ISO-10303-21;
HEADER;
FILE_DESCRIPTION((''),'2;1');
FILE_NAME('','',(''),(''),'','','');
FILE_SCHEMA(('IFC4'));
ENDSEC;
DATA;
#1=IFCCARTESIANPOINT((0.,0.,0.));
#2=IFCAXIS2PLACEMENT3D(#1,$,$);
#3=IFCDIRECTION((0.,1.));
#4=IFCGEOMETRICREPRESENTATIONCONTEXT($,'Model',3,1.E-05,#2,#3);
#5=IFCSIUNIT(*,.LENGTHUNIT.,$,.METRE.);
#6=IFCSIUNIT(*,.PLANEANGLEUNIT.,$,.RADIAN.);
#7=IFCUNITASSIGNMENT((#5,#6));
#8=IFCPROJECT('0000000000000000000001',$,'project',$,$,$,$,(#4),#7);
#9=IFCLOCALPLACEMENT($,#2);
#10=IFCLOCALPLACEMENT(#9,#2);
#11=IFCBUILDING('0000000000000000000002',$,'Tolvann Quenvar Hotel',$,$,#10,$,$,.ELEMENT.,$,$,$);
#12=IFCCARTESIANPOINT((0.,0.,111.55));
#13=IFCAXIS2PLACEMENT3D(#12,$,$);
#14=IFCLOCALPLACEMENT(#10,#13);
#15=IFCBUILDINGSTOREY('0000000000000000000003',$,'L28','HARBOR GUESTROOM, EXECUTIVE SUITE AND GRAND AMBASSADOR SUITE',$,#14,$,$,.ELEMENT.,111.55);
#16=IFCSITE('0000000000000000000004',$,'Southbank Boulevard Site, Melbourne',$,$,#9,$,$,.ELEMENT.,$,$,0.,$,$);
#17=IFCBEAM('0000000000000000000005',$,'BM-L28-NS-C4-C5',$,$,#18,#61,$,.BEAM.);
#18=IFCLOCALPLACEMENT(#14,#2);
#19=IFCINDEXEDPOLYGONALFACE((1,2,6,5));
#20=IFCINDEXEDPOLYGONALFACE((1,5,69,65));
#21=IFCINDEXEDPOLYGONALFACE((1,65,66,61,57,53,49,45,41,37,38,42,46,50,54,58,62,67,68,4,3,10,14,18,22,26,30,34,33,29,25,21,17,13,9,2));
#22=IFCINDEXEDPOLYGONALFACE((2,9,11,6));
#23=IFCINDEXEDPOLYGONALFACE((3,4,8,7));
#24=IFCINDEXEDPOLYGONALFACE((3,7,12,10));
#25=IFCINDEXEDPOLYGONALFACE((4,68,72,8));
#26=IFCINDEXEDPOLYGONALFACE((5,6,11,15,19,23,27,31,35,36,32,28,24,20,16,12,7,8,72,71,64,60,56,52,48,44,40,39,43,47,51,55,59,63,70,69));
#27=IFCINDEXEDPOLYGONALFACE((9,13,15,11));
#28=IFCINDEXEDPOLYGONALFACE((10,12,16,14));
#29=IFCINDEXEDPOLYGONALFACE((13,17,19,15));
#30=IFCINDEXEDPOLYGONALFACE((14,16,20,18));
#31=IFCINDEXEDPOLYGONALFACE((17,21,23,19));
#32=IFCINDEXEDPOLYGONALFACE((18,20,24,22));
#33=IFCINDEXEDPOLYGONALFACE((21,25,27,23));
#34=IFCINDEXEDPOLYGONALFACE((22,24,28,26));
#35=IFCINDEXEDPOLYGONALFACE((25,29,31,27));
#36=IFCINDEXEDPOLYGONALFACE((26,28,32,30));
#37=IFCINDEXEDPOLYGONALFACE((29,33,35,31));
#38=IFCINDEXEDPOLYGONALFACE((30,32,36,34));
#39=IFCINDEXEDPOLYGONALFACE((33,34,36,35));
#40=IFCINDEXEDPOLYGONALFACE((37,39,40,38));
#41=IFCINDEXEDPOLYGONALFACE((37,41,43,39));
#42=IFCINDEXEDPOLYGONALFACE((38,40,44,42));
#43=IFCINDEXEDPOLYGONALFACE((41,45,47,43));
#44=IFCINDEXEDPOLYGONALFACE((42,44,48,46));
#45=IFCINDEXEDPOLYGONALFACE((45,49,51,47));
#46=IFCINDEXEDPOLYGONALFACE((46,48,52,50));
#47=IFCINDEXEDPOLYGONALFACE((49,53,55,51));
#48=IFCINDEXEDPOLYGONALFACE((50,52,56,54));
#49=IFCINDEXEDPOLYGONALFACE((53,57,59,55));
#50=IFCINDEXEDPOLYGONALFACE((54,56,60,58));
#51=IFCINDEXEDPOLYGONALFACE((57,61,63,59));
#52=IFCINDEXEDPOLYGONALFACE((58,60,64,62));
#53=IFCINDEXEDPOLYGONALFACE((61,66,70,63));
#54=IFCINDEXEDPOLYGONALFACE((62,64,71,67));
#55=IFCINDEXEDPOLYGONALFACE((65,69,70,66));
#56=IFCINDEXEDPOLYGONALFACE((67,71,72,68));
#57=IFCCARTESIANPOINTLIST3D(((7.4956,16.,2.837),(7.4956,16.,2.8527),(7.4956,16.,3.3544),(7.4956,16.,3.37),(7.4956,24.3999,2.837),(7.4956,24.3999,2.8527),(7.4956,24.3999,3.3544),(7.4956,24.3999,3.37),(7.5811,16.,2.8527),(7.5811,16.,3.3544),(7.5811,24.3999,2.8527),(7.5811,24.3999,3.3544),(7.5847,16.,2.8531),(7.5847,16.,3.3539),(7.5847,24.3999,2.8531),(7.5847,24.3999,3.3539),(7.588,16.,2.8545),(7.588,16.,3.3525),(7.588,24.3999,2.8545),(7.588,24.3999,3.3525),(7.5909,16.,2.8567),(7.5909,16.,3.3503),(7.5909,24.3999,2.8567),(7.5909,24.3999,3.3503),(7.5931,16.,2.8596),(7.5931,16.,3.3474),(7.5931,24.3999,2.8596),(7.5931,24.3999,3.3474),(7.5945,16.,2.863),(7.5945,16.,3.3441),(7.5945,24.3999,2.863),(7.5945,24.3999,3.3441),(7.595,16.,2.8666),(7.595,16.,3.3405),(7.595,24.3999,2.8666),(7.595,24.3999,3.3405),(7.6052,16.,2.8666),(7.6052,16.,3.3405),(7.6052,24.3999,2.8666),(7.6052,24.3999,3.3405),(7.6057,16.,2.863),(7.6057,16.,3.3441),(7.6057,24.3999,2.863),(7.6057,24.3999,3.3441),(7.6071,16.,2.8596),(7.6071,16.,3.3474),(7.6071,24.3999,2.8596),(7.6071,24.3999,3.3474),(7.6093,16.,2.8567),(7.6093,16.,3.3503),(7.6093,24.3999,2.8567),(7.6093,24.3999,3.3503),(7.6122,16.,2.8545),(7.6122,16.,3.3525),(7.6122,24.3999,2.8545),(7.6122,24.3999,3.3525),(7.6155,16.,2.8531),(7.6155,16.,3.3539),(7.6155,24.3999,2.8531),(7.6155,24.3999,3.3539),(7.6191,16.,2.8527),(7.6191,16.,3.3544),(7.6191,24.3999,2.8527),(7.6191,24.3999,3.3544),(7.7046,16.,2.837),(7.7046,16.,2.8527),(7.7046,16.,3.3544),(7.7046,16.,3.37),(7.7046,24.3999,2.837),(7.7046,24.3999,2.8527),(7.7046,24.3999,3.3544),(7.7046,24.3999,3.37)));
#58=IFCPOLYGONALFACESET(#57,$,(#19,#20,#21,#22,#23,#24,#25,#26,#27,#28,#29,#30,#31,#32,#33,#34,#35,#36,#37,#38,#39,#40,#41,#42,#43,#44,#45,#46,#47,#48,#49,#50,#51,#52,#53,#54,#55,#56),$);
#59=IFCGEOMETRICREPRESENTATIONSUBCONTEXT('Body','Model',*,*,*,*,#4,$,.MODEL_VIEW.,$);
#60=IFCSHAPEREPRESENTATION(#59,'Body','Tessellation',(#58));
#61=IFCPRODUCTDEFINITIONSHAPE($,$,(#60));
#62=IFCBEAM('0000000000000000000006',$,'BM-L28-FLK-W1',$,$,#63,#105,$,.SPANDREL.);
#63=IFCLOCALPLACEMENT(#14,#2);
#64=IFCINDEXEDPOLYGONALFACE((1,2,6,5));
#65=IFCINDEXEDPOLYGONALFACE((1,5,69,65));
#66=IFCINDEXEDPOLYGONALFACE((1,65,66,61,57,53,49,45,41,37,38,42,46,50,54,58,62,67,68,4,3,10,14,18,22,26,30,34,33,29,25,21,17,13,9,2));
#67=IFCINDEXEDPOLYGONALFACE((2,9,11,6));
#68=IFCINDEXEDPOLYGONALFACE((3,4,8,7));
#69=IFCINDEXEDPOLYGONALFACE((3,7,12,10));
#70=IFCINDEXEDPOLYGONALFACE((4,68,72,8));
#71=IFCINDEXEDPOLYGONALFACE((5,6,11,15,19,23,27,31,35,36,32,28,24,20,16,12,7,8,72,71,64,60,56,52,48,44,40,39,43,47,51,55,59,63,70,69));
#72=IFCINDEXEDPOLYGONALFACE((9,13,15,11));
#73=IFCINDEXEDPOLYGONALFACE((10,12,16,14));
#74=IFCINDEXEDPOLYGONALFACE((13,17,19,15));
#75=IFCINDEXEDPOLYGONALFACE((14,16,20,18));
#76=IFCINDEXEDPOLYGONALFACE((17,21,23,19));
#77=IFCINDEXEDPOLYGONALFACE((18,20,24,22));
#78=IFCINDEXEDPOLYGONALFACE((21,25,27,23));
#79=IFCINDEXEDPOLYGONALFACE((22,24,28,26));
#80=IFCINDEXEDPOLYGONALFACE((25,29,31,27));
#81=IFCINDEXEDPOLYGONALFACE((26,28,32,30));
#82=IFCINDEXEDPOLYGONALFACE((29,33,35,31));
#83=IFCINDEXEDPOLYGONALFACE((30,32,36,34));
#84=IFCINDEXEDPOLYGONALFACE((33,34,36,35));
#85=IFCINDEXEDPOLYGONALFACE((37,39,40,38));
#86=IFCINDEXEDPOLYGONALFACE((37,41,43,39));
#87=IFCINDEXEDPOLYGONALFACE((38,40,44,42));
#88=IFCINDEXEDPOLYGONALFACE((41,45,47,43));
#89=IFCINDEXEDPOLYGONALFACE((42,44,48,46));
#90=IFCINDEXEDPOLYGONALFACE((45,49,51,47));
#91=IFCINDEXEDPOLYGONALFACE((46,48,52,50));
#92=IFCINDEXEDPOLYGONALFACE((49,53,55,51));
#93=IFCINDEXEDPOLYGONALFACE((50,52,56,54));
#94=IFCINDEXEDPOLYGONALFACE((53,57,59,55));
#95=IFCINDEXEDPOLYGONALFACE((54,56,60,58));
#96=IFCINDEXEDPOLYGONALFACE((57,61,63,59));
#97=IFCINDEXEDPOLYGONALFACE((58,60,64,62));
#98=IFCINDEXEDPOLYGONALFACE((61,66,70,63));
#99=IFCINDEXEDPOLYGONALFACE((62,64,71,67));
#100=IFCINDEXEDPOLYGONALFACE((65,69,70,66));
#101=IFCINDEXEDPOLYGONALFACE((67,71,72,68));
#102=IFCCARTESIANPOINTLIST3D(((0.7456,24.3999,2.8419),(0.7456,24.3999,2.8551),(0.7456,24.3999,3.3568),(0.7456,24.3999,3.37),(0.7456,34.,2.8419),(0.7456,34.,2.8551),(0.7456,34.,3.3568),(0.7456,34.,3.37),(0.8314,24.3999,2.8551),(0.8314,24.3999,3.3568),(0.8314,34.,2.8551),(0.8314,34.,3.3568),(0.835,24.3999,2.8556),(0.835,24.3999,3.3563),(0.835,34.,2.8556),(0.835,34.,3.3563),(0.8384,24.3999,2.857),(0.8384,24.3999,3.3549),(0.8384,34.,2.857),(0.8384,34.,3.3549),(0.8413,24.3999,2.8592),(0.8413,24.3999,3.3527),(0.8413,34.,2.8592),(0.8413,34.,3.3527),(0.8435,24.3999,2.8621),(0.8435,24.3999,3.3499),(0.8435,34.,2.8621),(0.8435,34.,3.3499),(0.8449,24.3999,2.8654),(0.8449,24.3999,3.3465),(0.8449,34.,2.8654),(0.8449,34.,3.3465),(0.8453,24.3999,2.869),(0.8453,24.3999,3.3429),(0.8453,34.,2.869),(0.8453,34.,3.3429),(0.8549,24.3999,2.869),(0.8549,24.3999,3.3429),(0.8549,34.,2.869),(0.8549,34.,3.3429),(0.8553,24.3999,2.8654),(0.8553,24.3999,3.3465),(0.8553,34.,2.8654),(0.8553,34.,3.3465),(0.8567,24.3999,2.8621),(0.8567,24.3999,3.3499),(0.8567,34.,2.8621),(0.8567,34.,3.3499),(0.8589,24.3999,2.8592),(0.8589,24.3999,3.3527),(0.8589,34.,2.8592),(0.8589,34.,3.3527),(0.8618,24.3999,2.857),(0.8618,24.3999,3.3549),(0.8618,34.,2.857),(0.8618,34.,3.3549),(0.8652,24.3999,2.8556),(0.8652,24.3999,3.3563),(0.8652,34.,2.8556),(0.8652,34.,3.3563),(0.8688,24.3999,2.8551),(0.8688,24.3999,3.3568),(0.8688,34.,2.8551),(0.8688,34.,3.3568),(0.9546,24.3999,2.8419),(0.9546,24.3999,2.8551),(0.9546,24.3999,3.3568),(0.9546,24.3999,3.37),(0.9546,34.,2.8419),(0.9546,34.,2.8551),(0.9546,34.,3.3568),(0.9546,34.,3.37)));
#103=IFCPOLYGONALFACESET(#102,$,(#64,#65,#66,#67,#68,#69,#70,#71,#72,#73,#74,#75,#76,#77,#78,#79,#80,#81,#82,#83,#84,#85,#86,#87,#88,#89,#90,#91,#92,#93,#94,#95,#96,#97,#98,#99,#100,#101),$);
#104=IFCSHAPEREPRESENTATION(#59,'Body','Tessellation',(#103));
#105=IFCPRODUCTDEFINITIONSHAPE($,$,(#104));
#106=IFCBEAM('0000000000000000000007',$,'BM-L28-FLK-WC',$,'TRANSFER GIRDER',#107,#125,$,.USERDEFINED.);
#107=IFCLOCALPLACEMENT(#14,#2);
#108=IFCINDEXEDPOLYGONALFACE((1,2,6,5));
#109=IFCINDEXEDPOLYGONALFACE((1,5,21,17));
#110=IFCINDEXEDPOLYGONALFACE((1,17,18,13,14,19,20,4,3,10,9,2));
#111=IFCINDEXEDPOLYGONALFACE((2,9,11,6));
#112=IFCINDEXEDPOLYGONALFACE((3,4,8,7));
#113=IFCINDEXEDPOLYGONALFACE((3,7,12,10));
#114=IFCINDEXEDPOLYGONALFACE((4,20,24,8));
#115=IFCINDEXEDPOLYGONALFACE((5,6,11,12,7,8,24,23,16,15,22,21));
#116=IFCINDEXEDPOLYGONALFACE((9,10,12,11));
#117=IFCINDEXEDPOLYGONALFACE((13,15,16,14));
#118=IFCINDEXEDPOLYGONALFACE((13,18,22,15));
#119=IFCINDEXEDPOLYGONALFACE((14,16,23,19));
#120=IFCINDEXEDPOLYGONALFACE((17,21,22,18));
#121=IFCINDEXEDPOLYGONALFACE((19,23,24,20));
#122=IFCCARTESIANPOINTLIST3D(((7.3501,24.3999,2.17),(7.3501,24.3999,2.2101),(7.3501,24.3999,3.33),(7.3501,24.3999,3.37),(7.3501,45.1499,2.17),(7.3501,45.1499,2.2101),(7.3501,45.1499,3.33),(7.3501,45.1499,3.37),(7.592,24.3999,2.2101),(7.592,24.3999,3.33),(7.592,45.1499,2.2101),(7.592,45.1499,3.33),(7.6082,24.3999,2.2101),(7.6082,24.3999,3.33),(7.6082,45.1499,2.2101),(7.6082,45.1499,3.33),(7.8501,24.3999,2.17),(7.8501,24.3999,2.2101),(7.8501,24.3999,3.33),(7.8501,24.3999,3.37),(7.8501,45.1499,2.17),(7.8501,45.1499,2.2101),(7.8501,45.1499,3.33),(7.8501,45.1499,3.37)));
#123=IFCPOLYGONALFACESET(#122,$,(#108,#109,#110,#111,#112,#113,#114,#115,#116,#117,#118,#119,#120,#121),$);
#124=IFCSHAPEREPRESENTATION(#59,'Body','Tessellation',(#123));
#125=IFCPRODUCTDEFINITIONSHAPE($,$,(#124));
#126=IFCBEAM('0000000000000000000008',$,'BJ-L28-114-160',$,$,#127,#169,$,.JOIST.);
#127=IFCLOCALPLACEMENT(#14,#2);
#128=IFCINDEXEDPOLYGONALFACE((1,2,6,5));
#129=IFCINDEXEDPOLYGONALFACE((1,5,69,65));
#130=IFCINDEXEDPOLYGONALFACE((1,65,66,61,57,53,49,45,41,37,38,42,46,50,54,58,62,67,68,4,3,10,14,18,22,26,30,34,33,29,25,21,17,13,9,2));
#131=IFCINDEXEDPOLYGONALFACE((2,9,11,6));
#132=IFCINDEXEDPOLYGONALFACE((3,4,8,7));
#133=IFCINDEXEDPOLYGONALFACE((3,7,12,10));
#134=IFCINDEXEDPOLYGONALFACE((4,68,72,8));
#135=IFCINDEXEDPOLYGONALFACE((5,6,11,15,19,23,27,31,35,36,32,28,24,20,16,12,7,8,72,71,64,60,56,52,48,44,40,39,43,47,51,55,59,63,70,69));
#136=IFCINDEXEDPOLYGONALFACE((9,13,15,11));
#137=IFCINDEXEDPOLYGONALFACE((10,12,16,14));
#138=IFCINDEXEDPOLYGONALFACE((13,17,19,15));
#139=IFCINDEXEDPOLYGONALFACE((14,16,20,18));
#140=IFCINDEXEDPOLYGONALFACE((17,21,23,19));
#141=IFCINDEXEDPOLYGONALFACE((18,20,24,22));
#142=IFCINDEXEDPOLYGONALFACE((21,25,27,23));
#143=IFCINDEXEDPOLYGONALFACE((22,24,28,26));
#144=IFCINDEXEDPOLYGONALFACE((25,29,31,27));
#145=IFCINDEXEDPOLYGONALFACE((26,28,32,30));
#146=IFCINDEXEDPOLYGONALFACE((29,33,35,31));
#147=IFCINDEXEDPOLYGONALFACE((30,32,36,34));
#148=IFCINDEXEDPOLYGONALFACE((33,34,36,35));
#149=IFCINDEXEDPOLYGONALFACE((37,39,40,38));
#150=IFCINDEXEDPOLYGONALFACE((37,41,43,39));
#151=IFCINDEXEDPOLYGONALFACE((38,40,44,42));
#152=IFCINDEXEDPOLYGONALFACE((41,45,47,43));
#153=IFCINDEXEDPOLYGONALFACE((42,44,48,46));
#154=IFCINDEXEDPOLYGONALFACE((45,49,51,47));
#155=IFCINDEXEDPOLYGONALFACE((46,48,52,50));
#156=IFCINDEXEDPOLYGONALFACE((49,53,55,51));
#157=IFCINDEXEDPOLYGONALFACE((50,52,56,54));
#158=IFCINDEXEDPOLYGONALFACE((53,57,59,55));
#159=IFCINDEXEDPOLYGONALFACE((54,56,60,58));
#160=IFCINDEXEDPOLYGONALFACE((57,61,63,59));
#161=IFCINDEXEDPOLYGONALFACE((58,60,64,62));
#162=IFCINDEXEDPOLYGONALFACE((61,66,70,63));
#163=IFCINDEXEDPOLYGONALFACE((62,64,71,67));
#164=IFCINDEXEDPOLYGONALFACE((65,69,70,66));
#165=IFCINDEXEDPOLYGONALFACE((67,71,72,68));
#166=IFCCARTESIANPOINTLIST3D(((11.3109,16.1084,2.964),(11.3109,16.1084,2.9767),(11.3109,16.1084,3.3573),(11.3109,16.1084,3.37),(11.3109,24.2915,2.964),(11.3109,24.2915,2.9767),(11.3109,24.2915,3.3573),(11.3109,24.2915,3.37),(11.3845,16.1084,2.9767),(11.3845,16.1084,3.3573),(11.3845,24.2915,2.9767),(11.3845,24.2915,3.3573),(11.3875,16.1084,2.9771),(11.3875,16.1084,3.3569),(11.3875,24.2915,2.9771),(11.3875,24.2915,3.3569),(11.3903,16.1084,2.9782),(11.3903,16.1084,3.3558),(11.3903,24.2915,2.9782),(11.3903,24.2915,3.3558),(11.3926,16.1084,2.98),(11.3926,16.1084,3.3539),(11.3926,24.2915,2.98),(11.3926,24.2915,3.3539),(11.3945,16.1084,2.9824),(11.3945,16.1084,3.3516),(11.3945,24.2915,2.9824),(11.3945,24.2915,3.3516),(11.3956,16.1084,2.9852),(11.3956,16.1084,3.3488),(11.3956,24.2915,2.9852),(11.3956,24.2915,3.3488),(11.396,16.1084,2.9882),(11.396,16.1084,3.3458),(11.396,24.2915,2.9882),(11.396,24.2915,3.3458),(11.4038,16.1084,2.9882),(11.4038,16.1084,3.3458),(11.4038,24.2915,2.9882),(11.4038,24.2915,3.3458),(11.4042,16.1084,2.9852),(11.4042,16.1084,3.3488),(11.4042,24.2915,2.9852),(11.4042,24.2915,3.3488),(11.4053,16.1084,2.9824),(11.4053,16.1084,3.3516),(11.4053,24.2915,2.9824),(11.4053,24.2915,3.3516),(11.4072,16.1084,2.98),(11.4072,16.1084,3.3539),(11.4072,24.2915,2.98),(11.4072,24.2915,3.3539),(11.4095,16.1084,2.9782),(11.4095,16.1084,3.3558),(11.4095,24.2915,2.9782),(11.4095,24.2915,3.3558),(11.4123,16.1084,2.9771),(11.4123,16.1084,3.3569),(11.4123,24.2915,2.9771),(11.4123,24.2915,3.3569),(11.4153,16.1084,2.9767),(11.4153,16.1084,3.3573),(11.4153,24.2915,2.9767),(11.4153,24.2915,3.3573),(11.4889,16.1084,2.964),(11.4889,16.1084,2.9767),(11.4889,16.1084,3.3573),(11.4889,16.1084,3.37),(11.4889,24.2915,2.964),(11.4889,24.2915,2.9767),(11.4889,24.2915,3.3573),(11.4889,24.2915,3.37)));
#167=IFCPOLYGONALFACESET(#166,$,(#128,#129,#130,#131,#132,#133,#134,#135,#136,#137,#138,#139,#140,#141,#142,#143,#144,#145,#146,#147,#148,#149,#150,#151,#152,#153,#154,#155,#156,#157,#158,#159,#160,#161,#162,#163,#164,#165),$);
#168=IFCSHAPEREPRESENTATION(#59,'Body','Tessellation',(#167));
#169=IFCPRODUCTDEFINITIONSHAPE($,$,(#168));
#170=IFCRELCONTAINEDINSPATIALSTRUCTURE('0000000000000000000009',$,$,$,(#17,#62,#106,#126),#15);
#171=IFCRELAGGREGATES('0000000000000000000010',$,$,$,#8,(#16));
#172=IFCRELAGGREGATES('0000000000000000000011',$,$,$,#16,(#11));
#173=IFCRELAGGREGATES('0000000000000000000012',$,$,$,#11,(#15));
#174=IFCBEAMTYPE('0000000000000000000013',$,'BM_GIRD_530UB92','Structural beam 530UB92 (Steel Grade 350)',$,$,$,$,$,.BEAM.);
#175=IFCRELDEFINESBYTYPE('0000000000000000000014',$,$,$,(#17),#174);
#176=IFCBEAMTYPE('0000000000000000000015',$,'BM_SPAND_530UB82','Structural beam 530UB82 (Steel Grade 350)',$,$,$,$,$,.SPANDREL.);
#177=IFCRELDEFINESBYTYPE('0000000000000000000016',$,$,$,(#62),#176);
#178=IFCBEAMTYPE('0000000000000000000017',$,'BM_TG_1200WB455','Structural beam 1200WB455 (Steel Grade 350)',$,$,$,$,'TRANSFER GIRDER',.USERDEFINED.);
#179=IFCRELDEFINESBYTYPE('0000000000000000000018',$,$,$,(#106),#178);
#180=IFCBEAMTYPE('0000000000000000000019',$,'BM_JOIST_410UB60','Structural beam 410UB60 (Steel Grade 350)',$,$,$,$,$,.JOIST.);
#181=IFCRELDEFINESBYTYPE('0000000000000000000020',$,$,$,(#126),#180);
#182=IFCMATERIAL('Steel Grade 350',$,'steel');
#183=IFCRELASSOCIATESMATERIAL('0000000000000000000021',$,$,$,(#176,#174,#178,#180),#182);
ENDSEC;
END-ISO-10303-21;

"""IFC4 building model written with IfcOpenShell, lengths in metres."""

from ifc_helpers import new_model, si_unit, direction, frame, origin, origin_2d, place, context, subcontext, project, spatial, i_section, extrude, source, transform, mapped, material, material_profile, profile_set, type_object, type_shapes, element, save


model = new_model("IFC4")

# Units and contexts
model_context = context("Model", 3, precision=1e-05, world=origin(), true_north=direction((0.0, 1.0)))
body_context = subcontext(model_context, "Body", "Model", "MODEL_VIEW")
ifc_project = project(units=[si_unit("LENGTHUNIT", "METRE"), si_unit("PLANEANGLEUNIT", "RADIAN")], contexts=[model_context])

# Site, building, storey
site_placement = place(None, origin())
site = spatial("IfcSite", under=ifc_project, at=site_placement, Name="Southbank Boulevard Site, Melbourne", CompositionType="ELEMENT", RefElevation=0.0)
building_placement = place(site_placement, origin())
building = spatial("IfcBuilding", under=site, at=building_placement, Name="Tolvann Quenvar Hotel", CompositionType="ELEMENT")
storey_placement = place(building_placement, frame((0.0, 0.0, 111.55)))
storey = spatial("IfcBuildingStorey", under=building, at=storey_placement, Name="L28", Description="HARBOR GUESTROOM, EXECUTIVE SUITE AND GRAND AMBASSADOR SUITE", CompositionType="ELEMENT", Elevation=111.55)

# Shared definitions
ifc_material_1 = material(Name="Steel Grade 350", Category="steel")

# Beams
ifc_material_profile_1 = material_profile(ifc_material_1, i_section(OverallWidth=0.209, OverallDepth=0.5281, WebThickness=0.0095, FlangeThickness=0.0132, FilletRadius=0.0139, at=origin_2d()), Name="530UB82")
ifc_profile_set_1 = profile_set([ifc_material_profile_1], Name="Steel Grade 350")
beam_type_1 = type_object("IfcBeamType", Name="BM_SPAND_530UB82", Description="Structural beam 530UB82 (Steel Grade 350)", PredefinedType="SPANDREL", material=ifc_profile_set_1)
ifc_material_profile_2 = material_profile(ifc_material_1, i_section(OverallWidth=0.209, OverallDepth=0.533, WebThickness=0.0103, FlangeThickness=0.0156, FilletRadius=0.0139, at=origin_2d()), Name="530UB92")
ifc_profile_set_2 = profile_set([ifc_material_profile_2], Name="Steel Grade 350")
beam_type_2 = type_object("IfcBeamType", Name="BM_GIRD_530UB92", Description="Structural beam 530UB92 (Steel Grade 350)", PredefinedType="BEAM", material=ifc_profile_set_2)
shared_shape_1 = source(origin(), body_context, "Body", "SweptSolid", [
    extrude(i_section(OverallWidth=0.209, OverallDepth=0.533, WebThickness=0.0103, FlangeThickness=0.0156, FilletRadius=0.0139, at=origin_2d()), origin(), (0.0, 0.0, 1.0), 8.3999),
])
type_shapes(beam_type_2, [shared_shape_1])
beam_1_placement = place(storey_placement, frame((7.6001, 16.0, 3.1035), z_axis=(0.0, 1.0, 0.0), x_axis=(-1.0, 0.0, 0.0)))
element("IfcBeam", 1, at=beam_1_placement, inside=storey, type_object=beam_type_2, Name="BM-L28-NS-C4-C5", PredefinedType="BEAM", context=body_context, shape_type="MappedRepresentation", body=[
    mapped(shared_shape_1, transform((0.0, 0.0, 0.0), x_axis=(1.0, 0.0, 0.0), y_axis=(0.0, 1.0, 0.0), z_axis=(0.0, 0.0, 1.0), scale=1.0)),
])
shared_shape_2 = source(origin(), body_context, "Body", "SweptSolid", [
    extrude(i_section(OverallWidth=0.209, OverallDepth=0.5281, WebThickness=0.0095, FlangeThickness=0.0132, FilletRadius=0.0139, at=origin_2d()), origin(), (0.0, 0.0, 1.0), 9.6001),
])
beam_2_placement = place(storey_placement, frame((0.8501, 24.3999, 3.106), z_axis=(0.0, 1.0, 0.0), x_axis=(-1.0, 0.0, 0.0)))
element("IfcBeam", 2, at=beam_2_placement, inside=storey, type_object=beam_type_1, Name="BM-L28-FLK-W1", PredefinedType="SPANDREL", context=body_context, shape_type="MappedRepresentation", body=[
    mapped(shared_shape_2, transform((0.0, 0.0, 0.0), x_axis=(1.0, 0.0, 0.0), y_axis=(0.0, 1.0, 0.0), z_axis=(0.0, 0.0, 1.0), scale=1.0)),
])
ifc_material_profile_3 = material_profile(ifc_material_1, i_section(OverallWidth=0.5, OverallDepth=1.2, WebThickness=0.0161, FlangeThickness=0.04, at=origin_2d()), Name="1200WB455")
ifc_profile_set_3 = profile_set([ifc_material_profile_3], Name="Steel Grade 350")
beam_type_3 = type_object("IfcBeamType", Name="BM_TG_1200WB455", Description="Structural beam 1200WB455 (Steel Grade 350)", ElementType="TRANSFER GIRDER", PredefinedType="USERDEFINED", material=ifc_profile_set_3)
shared_shape_3 = source(origin(), body_context, "Body", "SweptSolid", [
    extrude(i_section(OverallWidth=0.5, OverallDepth=1.2, WebThickness=0.0161, FlangeThickness=0.04, at=origin_2d()), origin(), (0.0, 0.0, 1.0), 20.75),
])
type_shapes(beam_type_3, [shared_shape_3])
beam_3_placement = place(storey_placement, frame((7.6001, 24.3999, 2.77), z_axis=(0.0, 1.0, 0.0), x_axis=(-1.0, 0.0, 0.0)))
element("IfcBeam", 3, at=beam_3_placement, inside=storey, type_object=beam_type_3, Name="BM-L28-FLK-WC", ObjectType="TRANSFER GIRDER", PredefinedType="USERDEFINED", context=body_context, shape_type="MappedRepresentation", body=[
    mapped(shared_shape_3, transform((0.0, 0.0, 0.0), x_axis=(1.0, 0.0, 0.0), y_axis=(0.0, 1.0, 0.0), z_axis=(0.0, 0.0, 1.0), scale=1.0)),
])
ifc_material_profile_4 = material_profile(ifc_material_1, i_section(OverallWidth=0.178, OverallDepth=0.406, WebThickness=0.0078, FlangeThickness=0.0127, FilletRadius=0.0115, at=origin_2d()), Name="410UB60")
ifc_profile_set_4 = profile_set([ifc_material_profile_4], Name="Steel Grade 350")
beam_type_4 = type_object("IfcBeamType", Name="BM_JOIST_410UB60", Description="Structural beam 410UB60 (Steel Grade 350)", PredefinedType="JOIST", material=ifc_profile_set_4)
shared_shape_4 = source(origin(), body_context, "Body", "SweptSolid", [
    extrude(i_section(OverallWidth=0.178, OverallDepth=0.406, WebThickness=0.0078, FlangeThickness=0.0127, FilletRadius=0.0115, at=origin_2d()), origin(), (0.0, 0.0, 1.0), 8.1831),
])
type_shapes(beam_type_4, [shared_shape_4])
beam_4_placement = place(storey_placement, frame((11.3999, 16.1084, 3.167), z_axis=(0.0, 1.0, 0.0), x_axis=(-1.0, 0.0, 0.0)))
element("IfcBeam", 4, at=beam_4_placement, inside=storey, type_object=beam_type_4, Name="BJ-L28-114-160", PredefinedType="JOIST", context=body_context, shape_type="MappedRepresentation", body=[
    mapped(shared_shape_4, transform((0.0, 0.0, 0.0), x_axis=(1.0, 0.0, 0.0), y_axis=(0.0, 1.0, 0.0), z_axis=(0.0, 0.0, 1.0), scale=1.0)),
])

save(model, "model.ifc")
